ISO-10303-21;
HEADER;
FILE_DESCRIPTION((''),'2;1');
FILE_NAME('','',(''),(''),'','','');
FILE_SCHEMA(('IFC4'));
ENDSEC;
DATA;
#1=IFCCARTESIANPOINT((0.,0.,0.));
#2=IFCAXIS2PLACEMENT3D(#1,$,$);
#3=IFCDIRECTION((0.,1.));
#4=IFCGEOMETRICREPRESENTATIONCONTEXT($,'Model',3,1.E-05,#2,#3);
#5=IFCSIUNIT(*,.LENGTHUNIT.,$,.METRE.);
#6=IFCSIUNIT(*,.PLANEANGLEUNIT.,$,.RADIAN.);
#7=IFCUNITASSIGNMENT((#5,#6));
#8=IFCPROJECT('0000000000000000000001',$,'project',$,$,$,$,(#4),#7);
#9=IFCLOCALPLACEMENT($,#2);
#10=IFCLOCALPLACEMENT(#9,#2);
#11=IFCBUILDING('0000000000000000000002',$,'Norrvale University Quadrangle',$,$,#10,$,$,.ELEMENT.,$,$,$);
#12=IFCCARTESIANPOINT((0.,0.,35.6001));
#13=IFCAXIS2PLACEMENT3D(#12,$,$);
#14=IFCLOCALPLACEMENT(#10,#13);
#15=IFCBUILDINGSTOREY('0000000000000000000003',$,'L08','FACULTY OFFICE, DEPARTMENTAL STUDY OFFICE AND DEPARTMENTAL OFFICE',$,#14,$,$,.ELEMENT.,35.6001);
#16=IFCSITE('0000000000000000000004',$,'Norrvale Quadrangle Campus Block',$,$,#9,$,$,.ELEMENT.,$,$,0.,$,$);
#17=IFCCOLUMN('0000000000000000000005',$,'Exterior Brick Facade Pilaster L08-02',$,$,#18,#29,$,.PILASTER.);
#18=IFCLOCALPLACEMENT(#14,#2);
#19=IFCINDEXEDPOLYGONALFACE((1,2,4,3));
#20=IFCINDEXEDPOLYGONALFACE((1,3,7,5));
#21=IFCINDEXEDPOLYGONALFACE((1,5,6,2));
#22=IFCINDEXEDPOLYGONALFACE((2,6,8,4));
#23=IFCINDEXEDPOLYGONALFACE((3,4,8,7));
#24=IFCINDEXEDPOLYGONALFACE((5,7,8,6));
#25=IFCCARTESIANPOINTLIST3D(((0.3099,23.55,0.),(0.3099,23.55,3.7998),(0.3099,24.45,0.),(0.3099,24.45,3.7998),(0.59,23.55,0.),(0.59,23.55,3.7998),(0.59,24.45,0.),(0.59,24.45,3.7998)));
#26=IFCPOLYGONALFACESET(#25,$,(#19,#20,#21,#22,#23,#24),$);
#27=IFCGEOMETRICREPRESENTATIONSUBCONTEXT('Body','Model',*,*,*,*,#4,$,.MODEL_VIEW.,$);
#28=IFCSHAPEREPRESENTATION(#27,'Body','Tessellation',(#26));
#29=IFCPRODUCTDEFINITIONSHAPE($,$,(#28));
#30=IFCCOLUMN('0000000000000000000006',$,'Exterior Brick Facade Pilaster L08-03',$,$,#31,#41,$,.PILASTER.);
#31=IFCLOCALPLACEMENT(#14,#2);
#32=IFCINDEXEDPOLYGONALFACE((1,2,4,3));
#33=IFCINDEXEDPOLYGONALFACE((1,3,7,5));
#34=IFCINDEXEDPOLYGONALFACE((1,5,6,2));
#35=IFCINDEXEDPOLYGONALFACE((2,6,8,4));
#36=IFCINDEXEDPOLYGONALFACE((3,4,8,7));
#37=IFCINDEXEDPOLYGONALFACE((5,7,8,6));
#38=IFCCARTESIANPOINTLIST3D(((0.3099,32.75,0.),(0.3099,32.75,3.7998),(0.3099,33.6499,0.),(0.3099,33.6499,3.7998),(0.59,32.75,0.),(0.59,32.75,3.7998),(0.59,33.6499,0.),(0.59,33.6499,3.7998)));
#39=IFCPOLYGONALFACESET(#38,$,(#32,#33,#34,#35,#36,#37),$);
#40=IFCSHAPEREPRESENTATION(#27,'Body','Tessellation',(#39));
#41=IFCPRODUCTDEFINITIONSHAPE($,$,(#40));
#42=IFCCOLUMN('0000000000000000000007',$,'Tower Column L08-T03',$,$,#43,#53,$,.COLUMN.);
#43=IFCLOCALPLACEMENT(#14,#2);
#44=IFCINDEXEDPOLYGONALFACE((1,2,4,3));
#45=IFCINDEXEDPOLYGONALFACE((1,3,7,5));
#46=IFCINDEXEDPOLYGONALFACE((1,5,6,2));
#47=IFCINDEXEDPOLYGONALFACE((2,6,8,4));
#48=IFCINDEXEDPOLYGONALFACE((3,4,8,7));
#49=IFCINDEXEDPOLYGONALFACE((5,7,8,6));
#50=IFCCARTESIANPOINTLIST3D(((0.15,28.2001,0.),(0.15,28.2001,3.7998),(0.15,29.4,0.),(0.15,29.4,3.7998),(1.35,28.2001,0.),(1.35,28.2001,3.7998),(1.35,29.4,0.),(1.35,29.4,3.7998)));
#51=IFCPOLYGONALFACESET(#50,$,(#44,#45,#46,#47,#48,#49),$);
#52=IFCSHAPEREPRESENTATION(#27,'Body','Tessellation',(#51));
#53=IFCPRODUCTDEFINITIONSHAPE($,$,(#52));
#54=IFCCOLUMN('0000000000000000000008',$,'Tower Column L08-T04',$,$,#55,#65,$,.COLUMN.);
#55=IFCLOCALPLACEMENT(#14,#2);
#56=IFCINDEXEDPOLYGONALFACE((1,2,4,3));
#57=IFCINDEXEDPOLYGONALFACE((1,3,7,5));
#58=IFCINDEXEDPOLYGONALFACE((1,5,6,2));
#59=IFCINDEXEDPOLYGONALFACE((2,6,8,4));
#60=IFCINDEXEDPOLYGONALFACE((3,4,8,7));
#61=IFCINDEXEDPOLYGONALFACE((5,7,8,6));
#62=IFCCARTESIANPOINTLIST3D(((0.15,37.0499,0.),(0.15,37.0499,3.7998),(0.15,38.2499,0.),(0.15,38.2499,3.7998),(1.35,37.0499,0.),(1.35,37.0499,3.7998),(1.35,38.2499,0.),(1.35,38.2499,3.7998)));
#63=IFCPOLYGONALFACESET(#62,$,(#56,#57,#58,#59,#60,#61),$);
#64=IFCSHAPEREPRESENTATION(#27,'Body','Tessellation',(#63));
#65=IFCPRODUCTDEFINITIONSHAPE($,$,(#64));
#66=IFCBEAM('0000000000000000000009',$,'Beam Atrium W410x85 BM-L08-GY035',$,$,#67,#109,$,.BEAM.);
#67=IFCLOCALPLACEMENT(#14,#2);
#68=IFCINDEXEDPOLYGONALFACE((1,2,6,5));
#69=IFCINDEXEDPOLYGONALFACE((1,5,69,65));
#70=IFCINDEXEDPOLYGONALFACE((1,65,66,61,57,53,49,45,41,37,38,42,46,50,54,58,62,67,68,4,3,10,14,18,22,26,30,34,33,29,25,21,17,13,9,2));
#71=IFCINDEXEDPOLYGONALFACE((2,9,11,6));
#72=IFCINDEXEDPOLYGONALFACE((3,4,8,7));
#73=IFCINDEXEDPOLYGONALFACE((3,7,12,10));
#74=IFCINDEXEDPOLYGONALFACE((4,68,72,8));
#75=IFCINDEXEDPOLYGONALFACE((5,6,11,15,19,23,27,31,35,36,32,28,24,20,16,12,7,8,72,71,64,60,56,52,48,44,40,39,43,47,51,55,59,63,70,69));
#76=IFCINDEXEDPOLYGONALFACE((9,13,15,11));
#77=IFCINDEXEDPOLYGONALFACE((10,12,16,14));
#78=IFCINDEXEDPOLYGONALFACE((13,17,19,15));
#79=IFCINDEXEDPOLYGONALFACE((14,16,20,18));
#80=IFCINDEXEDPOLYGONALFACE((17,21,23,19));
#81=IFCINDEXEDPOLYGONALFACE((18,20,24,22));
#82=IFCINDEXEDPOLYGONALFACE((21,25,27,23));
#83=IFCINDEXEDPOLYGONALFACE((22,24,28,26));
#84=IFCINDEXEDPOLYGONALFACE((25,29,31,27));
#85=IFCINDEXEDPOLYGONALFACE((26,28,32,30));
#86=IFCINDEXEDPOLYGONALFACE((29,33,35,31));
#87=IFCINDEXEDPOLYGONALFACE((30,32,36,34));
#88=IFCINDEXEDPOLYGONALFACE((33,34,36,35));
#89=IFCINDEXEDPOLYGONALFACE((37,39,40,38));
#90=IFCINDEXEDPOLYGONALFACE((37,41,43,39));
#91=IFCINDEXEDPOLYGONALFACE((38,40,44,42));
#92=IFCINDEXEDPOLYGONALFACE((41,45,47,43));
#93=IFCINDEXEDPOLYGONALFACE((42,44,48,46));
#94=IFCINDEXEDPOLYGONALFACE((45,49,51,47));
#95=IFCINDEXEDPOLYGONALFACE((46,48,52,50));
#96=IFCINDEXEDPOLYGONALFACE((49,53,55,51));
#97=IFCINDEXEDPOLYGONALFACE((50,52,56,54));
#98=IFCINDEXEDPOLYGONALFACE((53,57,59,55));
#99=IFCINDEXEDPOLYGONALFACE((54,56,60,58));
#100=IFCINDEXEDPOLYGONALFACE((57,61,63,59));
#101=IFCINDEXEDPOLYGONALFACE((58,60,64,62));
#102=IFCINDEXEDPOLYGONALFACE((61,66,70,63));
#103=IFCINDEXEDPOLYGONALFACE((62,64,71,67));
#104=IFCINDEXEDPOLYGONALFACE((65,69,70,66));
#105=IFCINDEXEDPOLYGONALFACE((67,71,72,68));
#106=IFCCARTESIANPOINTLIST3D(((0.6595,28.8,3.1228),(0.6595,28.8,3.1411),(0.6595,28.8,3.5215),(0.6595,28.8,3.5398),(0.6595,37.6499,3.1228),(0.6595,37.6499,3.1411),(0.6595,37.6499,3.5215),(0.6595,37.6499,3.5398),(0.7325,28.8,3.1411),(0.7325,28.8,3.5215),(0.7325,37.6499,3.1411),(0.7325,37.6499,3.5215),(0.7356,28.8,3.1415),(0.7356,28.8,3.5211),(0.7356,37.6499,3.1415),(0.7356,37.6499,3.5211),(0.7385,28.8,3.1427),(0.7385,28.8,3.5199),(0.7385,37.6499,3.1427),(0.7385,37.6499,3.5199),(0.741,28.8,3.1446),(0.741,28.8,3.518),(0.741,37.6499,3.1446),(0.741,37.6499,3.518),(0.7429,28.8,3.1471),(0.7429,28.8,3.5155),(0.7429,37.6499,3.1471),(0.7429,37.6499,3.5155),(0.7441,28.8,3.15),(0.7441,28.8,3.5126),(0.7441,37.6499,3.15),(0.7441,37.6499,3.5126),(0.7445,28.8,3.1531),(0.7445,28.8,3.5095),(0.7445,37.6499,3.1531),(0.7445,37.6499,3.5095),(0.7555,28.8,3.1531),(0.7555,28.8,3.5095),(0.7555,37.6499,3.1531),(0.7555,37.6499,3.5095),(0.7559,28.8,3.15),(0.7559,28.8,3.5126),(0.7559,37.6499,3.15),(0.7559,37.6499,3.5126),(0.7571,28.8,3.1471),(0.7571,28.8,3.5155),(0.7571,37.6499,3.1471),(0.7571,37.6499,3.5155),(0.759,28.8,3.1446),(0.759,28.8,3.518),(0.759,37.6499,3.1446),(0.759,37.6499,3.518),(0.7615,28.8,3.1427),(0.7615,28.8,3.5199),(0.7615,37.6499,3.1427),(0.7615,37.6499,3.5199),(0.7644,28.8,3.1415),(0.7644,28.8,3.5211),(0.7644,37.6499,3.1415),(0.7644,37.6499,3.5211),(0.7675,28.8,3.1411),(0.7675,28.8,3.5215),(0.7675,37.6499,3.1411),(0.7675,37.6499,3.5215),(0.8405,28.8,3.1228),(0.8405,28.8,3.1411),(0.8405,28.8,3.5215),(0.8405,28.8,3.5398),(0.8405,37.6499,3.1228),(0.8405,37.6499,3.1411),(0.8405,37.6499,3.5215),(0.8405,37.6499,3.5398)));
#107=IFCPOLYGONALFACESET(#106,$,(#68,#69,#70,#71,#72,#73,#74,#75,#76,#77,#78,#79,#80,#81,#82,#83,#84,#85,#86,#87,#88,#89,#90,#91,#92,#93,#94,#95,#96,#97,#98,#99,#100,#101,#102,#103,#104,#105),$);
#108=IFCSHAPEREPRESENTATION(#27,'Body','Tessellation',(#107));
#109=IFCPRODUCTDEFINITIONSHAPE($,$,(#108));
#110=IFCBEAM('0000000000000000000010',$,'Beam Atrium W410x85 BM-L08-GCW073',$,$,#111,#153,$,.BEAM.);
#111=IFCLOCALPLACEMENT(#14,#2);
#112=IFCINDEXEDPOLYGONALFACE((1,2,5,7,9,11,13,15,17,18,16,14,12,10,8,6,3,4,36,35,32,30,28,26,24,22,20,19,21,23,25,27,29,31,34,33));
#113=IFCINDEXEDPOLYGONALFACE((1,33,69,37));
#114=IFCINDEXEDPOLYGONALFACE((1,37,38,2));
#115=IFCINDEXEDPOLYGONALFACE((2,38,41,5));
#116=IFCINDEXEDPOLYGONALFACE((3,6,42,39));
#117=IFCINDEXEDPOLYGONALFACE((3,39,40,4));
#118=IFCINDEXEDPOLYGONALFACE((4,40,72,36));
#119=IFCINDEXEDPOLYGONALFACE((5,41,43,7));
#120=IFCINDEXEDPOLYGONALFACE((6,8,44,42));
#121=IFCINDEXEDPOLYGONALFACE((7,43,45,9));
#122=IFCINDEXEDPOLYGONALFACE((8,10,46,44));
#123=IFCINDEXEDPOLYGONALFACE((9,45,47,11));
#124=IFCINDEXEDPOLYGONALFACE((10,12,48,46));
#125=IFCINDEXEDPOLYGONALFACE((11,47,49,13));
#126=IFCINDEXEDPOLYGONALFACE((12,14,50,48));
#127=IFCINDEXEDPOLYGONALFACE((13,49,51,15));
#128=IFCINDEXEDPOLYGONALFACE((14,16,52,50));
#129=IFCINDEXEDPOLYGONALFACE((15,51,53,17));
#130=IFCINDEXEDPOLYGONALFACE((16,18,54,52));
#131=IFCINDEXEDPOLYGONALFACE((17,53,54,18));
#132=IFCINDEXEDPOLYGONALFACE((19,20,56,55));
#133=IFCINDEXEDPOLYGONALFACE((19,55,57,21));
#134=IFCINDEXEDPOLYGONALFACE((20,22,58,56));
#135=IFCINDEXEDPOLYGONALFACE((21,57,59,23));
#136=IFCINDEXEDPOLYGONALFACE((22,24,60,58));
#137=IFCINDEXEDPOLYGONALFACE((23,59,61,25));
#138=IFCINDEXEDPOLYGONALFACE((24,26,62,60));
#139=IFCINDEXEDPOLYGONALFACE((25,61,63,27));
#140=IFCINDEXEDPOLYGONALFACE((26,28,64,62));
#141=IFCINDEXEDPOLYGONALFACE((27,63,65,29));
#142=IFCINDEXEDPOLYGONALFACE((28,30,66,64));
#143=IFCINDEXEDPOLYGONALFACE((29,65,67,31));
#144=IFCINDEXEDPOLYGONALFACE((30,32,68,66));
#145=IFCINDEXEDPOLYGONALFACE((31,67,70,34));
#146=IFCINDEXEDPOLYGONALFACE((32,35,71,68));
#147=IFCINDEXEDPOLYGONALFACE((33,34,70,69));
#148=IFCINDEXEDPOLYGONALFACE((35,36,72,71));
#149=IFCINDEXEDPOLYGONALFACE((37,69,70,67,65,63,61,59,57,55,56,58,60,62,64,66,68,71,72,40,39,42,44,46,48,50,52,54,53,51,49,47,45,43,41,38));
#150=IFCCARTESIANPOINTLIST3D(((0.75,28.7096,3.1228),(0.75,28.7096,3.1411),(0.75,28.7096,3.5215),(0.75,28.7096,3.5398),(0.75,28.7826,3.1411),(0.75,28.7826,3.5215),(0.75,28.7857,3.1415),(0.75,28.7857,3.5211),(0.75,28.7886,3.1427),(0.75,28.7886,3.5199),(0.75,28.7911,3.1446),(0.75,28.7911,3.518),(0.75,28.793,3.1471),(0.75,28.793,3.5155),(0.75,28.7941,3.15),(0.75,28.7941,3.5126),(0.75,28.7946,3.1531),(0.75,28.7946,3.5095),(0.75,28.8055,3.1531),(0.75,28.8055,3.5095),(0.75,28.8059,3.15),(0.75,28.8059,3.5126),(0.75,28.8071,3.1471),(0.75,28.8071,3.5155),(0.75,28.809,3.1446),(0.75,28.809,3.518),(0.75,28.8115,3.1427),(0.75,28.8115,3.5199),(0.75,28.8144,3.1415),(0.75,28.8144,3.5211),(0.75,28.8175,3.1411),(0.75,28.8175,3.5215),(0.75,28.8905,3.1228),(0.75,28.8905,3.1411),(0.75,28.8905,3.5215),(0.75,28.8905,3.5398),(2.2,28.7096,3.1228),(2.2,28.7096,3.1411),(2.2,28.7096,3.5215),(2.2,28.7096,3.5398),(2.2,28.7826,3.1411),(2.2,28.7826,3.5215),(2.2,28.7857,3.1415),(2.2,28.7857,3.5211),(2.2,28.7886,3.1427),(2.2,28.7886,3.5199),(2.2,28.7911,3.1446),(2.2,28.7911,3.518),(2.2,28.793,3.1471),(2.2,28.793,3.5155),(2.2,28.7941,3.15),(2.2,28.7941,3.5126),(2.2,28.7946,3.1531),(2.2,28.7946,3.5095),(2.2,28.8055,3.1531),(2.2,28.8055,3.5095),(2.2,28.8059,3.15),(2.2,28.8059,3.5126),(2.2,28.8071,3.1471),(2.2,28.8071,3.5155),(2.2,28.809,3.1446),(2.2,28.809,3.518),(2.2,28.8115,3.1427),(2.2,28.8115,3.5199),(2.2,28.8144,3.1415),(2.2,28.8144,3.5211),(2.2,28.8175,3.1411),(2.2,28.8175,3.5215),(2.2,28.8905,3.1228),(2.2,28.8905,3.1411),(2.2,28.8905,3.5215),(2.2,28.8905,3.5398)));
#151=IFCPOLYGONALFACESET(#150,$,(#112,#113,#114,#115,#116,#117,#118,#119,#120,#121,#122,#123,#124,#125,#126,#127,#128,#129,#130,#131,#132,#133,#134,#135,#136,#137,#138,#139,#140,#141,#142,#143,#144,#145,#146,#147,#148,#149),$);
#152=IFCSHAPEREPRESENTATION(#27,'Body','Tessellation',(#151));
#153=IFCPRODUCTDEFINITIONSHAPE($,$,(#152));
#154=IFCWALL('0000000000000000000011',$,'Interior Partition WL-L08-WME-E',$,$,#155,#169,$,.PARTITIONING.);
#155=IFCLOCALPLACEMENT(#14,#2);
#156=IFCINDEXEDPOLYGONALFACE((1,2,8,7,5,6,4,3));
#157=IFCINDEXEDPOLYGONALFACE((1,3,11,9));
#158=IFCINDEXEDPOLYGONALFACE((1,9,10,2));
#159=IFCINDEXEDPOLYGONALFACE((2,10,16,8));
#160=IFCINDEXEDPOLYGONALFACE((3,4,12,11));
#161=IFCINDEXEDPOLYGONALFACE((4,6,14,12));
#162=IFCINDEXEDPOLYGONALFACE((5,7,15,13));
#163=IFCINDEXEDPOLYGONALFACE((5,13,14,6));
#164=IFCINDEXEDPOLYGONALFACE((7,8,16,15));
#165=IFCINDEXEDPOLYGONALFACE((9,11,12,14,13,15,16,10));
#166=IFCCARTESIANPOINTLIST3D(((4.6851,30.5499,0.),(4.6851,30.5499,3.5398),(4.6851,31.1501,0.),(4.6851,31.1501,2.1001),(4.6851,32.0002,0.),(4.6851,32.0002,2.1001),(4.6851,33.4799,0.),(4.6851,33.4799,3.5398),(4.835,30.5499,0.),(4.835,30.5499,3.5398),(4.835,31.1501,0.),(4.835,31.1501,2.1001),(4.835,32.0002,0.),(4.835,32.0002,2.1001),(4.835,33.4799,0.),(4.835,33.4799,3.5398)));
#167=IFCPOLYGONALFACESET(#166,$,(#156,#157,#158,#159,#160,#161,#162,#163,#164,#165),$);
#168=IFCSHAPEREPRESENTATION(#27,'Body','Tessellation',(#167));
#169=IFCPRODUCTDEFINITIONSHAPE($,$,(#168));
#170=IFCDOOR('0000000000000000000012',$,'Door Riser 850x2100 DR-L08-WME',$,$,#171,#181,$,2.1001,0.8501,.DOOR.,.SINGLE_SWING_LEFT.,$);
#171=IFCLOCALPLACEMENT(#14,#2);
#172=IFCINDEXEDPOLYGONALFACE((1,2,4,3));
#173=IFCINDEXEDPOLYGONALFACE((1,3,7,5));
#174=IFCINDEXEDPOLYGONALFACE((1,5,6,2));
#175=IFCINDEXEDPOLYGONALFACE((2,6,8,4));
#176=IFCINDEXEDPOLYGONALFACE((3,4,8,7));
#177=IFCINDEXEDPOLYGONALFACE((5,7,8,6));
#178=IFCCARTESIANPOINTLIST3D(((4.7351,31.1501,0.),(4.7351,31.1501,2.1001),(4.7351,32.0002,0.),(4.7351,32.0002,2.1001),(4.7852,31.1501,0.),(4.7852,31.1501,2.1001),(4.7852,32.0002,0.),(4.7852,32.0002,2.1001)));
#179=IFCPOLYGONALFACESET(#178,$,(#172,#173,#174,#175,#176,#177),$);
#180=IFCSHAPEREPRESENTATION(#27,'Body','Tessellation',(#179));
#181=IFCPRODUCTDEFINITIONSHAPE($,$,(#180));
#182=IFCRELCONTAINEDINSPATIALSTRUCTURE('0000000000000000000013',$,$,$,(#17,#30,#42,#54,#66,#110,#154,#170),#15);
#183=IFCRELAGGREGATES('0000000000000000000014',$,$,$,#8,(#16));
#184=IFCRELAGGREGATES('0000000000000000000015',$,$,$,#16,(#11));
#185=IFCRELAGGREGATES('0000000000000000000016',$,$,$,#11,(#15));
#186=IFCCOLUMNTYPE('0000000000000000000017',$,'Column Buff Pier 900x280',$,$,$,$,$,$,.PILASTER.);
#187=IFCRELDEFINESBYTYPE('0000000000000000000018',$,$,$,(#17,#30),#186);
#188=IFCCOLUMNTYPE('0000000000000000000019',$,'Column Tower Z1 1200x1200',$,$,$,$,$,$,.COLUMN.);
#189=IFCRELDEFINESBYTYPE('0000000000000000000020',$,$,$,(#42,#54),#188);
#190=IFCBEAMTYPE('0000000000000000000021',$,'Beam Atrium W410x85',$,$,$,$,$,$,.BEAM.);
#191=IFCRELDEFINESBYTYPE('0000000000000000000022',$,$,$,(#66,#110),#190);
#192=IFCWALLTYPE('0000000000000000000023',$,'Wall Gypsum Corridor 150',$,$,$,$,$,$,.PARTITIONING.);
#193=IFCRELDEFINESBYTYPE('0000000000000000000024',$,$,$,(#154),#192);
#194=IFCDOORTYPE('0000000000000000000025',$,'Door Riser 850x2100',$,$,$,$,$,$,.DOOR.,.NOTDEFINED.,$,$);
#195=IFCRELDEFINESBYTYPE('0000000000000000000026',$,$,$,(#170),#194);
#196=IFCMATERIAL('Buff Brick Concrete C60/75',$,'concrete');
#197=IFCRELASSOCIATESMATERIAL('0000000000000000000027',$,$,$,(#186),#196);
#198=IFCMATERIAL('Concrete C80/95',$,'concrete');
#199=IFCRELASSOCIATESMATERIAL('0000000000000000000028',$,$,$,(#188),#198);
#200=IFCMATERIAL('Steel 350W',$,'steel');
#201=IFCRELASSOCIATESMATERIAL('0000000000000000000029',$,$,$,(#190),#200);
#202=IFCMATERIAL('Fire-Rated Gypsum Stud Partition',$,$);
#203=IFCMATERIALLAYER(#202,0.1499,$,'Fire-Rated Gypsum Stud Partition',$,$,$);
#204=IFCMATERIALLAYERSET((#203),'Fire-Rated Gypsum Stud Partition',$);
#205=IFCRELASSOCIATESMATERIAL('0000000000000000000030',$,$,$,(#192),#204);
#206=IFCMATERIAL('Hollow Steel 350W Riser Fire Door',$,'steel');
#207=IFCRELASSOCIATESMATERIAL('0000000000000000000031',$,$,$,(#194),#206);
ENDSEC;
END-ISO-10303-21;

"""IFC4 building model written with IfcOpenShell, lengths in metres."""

from ifc_helpers import new_model, si_unit, direction, frame, frame_2d, origin, origin_2d, place, context, subcontext, project, spatial, rectangle, i_section, extrude, material, layer, layer_set, material_profile, profile_set, type_object, element, fill, save


model = new_model("IFC4")

# Units and contexts
model_context = context("Model", 3, precision=1e-05, world=origin(), true_north=direction((0.0, 1.0)))
body_context = subcontext(model_context, "Body", "Model", "MODEL_VIEW")
ifc_project = project(units=[si_unit("LENGTHUNIT", "METRE"), si_unit("PLANEANGLEUNIT", "RADIAN")], contexts=[model_context])

# Site, building, storey
site_placement = place(None, origin())
site = spatial("IfcSite", under=ifc_project, at=site_placement, Name="Norrvale Quadrangle Campus Block", CompositionType="ELEMENT", RefElevation=0.0)
building_placement = place(site_placement, origin())
building = spatial("IfcBuilding", under=site, at=building_placement, Name="Norrvale University Quadrangle", CompositionType="ELEMENT")
storey_placement = place(building_placement, frame((0.0, 0.0, 35.6001)))
storey = spatial("IfcBuildingStorey", under=building, at=storey_placement, Name="L08", Description="FACULTY OFFICE, DEPARTMENTAL STUDY OFFICE AND DEPARTMENTAL OFFICE", CompositionType="ELEMENT", Elevation=35.6001)

# Columns
ifc_material_1 = material(Name="Buff Brick Concrete C60/75", Category="concrete")
ifc_material_profile_1 = material_profile(ifc_material_1, rectangle(XDim=0.8999, YDim=0.28, at=origin_2d()), Name="Buff Brick Concrete C60/75")
ifc_profile_set_1 = profile_set([ifc_material_profile_1], Name="Buff Brick Concrete C60/75")
column_type_1 = type_object("IfcColumnType", Name="Column Buff Pier 900x280", PredefinedType="PILASTER", material=ifc_profile_set_1)
for number, where, z_axis, x_axis, name in (
    (1, (0.45, 24.0, 0.0), (0.0, 0.0, 1.0), (0.0, 1.0, 0.0), "Exterior Brick Facade Pilaster L08-02"),
    (2, (0.45, 33.2, 0.0), (0.0, 0.0, 1.0), (0.0, 1.0, 0.0), "Exterior Brick Facade Pilaster L08-03"),
):
    element("IfcColumn", number, at=place(storey_placement, frame(where, z_axis=z_axis, x_axis=x_axis)), inside=storey, type_object=column_type_1, Name=name, PredefinedType="PILASTER", context=body_context, shape_type="SweptSolid", body=[
        extrude(rectangle(XDim=0.8999, YDim=0.28, at=origin_2d()), origin(), (0.0, 0.0, 1.0), 3.7998),
    ])
ifc_material_2 = material(Name="Concrete C80/95", Category="concrete")
ifc_material_profile_2 = material_profile(ifc_material_2, rectangle(XDim=1.2, YDim=1.2, at=origin_2d()), Name="Concrete C80/95")
ifc_profile_set_2 = profile_set([ifc_material_profile_2], Name="Concrete C80/95")
column_type_2 = type_object("IfcColumnType", Name="Column Tower Z1 1200x1200", PredefinedType="COLUMN", material=ifc_profile_set_2)
for number, where, z_axis, x_axis, name in (
    (3, (0.75, 28.8, 0.0), (0.0, 0.0, 1.0), (1.0, 0.0, 0.0), "Tower Column L08-T03"),
    (4, (0.75, 37.6499, 0.0), (0.0, 0.0, 1.0), (1.0, 0.0, 0.0), "Tower Column L08-T04"),
):
    element("IfcColumn", number, at=place(storey_placement, frame(where, z_axis=z_axis, x_axis=x_axis)), inside=storey, type_object=column_type_2, Name=name, PredefinedType="COLUMN", context=body_context, shape_type="SweptSolid", body=[
        extrude(rectangle(XDim=1.2, YDim=1.2, at=origin_2d()), origin(), (0.0, 0.0, 1.0), 3.7998),
    ])

# Beams
ifc_material_3 = material(Name="Steel 350W", Category="steel")
ifc_material_profile_3 = material_profile(ifc_material_3, i_section(OverallWidth=0.1809, OverallDepth=0.417, WebThickness=0.011, FlangeThickness=0.0183, FilletRadius=0.012, at=origin_2d()), Name="Steel 350W")
ifc_profile_set_3 = profile_set([ifc_material_profile_3], Name="Steel 350W")
beam_type = type_object("IfcBeamType", Name="Beam Atrium W410x85", PredefinedType="BEAM", material=ifc_profile_set_3)
beam_1_placement = place(storey_placement, frame((0.75, 28.8, 3.3313), z_axis=(0.0, 1.0, 0.0), x_axis=(-1.0, 0.0, 0.0)))
element("IfcBeam", 5, at=beam_1_placement, inside=storey, type_object=beam_type, Name="Beam Atrium W410x85 BM-L08-GY035", PredefinedType="BEAM", context=body_context, shape_type="SweptSolid", body=[
    extrude(i_section(OverallWidth=0.1809, OverallDepth=0.417, WebThickness=0.011, FlangeThickness=0.0183, FilletRadius=0.012, at=origin_2d()), origin(), (0.0, 0.0, 1.0), 8.8499),
])
beam_2_placement = place(storey_placement, frame((0.75, 28.8, 3.3313), z_axis=(1.0, 0.0, 0.0), x_axis=(0.0, 1.0, 0.0)))
element("IfcBeam", 6, at=beam_2_placement, inside=storey, type_object=beam_type, Name="Beam Atrium W410x85 BM-L08-GCW073", PredefinedType="BEAM", context=body_context, shape_type="SweptSolid", body=[
    extrude(i_section(OverallWidth=0.1809, OverallDepth=0.417, WebThickness=0.011, FlangeThickness=0.0183, FilletRadius=0.012, at=origin_2d()), origin(), (0.0, 0.0, 1.0), 1.45),
])

# Wall, opening, door
ifc_material_4 = material(Name="Fire-Rated Gypsum Stud Partition")
ifc_layer_1 = layer(ifc_material_4, 0.1499, Name="Fire-Rated Gypsum Stud Partition")
ifc_layer_set_1 = layer_set([ifc_layer_1], Name="Fire-Rated Gypsum Stud Partition")
wall_type_1 = type_object("IfcWallType", Name="Wall Gypsum Corridor 150", PredefinedType="PARTITIONING", material=ifc_layer_set_1)
wall_1_placement = place(storey_placement, frame((4.76, 30.55, 0.0), z_axis=(0.0, 0.0, 1.0), x_axis=(0.0, 1.0, 0.0)))
wall_1 = element("IfcWall", 7, at=wall_1_placement, inside=storey, type_object=wall_type_1, Name="Interior Partition WL-L08-WME-E", PredefinedType="PARTITIONING", context=body_context, shape_type="SweptSolid", body=[
    extrude(rectangle(XDim=2.9299, YDim=0.1499, at=frame_2d((1.4648, 0.0))), origin(), (0.0, 0.0, 1.0), 3.5398),
])
opening_1_placement = place(wall_1_placement, frame((0.6001, 0.0, 0.0)))
opening_1 = element("IfcOpeningElement", 8, at=opening_1_placement, cuts=wall_1, PredefinedType="OPENING", context=body_context, shape_type="SweptSolid", body=[
    extrude(rectangle(XDim=0.8501, YDim=2.1001, at=frame_2d((0.425, 1.05))), frame((0.0, 0.0869, 0.0), z_axis=(0.0, -1.0, 0.0), x_axis=(1.0, 0.0, 0.0)), (0.0, 0.0, 1.0), 0.1738),
])
ifc_material_5 = material(Name="Hollow Steel 350W Riser Fire Door", Category="steel")
door_type_1 = type_object("IfcDoorType", Name="Door Riser 850x2100", OperationType="NOTDEFINED", PredefinedType="DOOR", material=ifc_material_5)
door_1_placement = place(opening_1_placement, origin())
door_1 = element("IfcDoor", 9, at=door_1_placement, inside=storey, type_object=door_type_1, Name="Door Riser 850x2100 DR-L08-WME", OperationType="SINGLE_SWING_LEFT", OverallHeight=2.1001, OverallWidth=0.8501, PredefinedType="DOOR", context=body_context, shape_type="SweptSolid", body=[
    extrude(rectangle(XDim=0.8501, YDim=2.1001, at=frame_2d((0.425, 1.05))), frame((0.0, 0.0249, 0.0), z_axis=(0.0, -1.0, 0.0), x_axis=(1.0, 0.0, 0.0)), (0.0, 0.0, 1.0), 0.05),
])
fill(opening_1, door_1)

save(model, "model.ifc")
